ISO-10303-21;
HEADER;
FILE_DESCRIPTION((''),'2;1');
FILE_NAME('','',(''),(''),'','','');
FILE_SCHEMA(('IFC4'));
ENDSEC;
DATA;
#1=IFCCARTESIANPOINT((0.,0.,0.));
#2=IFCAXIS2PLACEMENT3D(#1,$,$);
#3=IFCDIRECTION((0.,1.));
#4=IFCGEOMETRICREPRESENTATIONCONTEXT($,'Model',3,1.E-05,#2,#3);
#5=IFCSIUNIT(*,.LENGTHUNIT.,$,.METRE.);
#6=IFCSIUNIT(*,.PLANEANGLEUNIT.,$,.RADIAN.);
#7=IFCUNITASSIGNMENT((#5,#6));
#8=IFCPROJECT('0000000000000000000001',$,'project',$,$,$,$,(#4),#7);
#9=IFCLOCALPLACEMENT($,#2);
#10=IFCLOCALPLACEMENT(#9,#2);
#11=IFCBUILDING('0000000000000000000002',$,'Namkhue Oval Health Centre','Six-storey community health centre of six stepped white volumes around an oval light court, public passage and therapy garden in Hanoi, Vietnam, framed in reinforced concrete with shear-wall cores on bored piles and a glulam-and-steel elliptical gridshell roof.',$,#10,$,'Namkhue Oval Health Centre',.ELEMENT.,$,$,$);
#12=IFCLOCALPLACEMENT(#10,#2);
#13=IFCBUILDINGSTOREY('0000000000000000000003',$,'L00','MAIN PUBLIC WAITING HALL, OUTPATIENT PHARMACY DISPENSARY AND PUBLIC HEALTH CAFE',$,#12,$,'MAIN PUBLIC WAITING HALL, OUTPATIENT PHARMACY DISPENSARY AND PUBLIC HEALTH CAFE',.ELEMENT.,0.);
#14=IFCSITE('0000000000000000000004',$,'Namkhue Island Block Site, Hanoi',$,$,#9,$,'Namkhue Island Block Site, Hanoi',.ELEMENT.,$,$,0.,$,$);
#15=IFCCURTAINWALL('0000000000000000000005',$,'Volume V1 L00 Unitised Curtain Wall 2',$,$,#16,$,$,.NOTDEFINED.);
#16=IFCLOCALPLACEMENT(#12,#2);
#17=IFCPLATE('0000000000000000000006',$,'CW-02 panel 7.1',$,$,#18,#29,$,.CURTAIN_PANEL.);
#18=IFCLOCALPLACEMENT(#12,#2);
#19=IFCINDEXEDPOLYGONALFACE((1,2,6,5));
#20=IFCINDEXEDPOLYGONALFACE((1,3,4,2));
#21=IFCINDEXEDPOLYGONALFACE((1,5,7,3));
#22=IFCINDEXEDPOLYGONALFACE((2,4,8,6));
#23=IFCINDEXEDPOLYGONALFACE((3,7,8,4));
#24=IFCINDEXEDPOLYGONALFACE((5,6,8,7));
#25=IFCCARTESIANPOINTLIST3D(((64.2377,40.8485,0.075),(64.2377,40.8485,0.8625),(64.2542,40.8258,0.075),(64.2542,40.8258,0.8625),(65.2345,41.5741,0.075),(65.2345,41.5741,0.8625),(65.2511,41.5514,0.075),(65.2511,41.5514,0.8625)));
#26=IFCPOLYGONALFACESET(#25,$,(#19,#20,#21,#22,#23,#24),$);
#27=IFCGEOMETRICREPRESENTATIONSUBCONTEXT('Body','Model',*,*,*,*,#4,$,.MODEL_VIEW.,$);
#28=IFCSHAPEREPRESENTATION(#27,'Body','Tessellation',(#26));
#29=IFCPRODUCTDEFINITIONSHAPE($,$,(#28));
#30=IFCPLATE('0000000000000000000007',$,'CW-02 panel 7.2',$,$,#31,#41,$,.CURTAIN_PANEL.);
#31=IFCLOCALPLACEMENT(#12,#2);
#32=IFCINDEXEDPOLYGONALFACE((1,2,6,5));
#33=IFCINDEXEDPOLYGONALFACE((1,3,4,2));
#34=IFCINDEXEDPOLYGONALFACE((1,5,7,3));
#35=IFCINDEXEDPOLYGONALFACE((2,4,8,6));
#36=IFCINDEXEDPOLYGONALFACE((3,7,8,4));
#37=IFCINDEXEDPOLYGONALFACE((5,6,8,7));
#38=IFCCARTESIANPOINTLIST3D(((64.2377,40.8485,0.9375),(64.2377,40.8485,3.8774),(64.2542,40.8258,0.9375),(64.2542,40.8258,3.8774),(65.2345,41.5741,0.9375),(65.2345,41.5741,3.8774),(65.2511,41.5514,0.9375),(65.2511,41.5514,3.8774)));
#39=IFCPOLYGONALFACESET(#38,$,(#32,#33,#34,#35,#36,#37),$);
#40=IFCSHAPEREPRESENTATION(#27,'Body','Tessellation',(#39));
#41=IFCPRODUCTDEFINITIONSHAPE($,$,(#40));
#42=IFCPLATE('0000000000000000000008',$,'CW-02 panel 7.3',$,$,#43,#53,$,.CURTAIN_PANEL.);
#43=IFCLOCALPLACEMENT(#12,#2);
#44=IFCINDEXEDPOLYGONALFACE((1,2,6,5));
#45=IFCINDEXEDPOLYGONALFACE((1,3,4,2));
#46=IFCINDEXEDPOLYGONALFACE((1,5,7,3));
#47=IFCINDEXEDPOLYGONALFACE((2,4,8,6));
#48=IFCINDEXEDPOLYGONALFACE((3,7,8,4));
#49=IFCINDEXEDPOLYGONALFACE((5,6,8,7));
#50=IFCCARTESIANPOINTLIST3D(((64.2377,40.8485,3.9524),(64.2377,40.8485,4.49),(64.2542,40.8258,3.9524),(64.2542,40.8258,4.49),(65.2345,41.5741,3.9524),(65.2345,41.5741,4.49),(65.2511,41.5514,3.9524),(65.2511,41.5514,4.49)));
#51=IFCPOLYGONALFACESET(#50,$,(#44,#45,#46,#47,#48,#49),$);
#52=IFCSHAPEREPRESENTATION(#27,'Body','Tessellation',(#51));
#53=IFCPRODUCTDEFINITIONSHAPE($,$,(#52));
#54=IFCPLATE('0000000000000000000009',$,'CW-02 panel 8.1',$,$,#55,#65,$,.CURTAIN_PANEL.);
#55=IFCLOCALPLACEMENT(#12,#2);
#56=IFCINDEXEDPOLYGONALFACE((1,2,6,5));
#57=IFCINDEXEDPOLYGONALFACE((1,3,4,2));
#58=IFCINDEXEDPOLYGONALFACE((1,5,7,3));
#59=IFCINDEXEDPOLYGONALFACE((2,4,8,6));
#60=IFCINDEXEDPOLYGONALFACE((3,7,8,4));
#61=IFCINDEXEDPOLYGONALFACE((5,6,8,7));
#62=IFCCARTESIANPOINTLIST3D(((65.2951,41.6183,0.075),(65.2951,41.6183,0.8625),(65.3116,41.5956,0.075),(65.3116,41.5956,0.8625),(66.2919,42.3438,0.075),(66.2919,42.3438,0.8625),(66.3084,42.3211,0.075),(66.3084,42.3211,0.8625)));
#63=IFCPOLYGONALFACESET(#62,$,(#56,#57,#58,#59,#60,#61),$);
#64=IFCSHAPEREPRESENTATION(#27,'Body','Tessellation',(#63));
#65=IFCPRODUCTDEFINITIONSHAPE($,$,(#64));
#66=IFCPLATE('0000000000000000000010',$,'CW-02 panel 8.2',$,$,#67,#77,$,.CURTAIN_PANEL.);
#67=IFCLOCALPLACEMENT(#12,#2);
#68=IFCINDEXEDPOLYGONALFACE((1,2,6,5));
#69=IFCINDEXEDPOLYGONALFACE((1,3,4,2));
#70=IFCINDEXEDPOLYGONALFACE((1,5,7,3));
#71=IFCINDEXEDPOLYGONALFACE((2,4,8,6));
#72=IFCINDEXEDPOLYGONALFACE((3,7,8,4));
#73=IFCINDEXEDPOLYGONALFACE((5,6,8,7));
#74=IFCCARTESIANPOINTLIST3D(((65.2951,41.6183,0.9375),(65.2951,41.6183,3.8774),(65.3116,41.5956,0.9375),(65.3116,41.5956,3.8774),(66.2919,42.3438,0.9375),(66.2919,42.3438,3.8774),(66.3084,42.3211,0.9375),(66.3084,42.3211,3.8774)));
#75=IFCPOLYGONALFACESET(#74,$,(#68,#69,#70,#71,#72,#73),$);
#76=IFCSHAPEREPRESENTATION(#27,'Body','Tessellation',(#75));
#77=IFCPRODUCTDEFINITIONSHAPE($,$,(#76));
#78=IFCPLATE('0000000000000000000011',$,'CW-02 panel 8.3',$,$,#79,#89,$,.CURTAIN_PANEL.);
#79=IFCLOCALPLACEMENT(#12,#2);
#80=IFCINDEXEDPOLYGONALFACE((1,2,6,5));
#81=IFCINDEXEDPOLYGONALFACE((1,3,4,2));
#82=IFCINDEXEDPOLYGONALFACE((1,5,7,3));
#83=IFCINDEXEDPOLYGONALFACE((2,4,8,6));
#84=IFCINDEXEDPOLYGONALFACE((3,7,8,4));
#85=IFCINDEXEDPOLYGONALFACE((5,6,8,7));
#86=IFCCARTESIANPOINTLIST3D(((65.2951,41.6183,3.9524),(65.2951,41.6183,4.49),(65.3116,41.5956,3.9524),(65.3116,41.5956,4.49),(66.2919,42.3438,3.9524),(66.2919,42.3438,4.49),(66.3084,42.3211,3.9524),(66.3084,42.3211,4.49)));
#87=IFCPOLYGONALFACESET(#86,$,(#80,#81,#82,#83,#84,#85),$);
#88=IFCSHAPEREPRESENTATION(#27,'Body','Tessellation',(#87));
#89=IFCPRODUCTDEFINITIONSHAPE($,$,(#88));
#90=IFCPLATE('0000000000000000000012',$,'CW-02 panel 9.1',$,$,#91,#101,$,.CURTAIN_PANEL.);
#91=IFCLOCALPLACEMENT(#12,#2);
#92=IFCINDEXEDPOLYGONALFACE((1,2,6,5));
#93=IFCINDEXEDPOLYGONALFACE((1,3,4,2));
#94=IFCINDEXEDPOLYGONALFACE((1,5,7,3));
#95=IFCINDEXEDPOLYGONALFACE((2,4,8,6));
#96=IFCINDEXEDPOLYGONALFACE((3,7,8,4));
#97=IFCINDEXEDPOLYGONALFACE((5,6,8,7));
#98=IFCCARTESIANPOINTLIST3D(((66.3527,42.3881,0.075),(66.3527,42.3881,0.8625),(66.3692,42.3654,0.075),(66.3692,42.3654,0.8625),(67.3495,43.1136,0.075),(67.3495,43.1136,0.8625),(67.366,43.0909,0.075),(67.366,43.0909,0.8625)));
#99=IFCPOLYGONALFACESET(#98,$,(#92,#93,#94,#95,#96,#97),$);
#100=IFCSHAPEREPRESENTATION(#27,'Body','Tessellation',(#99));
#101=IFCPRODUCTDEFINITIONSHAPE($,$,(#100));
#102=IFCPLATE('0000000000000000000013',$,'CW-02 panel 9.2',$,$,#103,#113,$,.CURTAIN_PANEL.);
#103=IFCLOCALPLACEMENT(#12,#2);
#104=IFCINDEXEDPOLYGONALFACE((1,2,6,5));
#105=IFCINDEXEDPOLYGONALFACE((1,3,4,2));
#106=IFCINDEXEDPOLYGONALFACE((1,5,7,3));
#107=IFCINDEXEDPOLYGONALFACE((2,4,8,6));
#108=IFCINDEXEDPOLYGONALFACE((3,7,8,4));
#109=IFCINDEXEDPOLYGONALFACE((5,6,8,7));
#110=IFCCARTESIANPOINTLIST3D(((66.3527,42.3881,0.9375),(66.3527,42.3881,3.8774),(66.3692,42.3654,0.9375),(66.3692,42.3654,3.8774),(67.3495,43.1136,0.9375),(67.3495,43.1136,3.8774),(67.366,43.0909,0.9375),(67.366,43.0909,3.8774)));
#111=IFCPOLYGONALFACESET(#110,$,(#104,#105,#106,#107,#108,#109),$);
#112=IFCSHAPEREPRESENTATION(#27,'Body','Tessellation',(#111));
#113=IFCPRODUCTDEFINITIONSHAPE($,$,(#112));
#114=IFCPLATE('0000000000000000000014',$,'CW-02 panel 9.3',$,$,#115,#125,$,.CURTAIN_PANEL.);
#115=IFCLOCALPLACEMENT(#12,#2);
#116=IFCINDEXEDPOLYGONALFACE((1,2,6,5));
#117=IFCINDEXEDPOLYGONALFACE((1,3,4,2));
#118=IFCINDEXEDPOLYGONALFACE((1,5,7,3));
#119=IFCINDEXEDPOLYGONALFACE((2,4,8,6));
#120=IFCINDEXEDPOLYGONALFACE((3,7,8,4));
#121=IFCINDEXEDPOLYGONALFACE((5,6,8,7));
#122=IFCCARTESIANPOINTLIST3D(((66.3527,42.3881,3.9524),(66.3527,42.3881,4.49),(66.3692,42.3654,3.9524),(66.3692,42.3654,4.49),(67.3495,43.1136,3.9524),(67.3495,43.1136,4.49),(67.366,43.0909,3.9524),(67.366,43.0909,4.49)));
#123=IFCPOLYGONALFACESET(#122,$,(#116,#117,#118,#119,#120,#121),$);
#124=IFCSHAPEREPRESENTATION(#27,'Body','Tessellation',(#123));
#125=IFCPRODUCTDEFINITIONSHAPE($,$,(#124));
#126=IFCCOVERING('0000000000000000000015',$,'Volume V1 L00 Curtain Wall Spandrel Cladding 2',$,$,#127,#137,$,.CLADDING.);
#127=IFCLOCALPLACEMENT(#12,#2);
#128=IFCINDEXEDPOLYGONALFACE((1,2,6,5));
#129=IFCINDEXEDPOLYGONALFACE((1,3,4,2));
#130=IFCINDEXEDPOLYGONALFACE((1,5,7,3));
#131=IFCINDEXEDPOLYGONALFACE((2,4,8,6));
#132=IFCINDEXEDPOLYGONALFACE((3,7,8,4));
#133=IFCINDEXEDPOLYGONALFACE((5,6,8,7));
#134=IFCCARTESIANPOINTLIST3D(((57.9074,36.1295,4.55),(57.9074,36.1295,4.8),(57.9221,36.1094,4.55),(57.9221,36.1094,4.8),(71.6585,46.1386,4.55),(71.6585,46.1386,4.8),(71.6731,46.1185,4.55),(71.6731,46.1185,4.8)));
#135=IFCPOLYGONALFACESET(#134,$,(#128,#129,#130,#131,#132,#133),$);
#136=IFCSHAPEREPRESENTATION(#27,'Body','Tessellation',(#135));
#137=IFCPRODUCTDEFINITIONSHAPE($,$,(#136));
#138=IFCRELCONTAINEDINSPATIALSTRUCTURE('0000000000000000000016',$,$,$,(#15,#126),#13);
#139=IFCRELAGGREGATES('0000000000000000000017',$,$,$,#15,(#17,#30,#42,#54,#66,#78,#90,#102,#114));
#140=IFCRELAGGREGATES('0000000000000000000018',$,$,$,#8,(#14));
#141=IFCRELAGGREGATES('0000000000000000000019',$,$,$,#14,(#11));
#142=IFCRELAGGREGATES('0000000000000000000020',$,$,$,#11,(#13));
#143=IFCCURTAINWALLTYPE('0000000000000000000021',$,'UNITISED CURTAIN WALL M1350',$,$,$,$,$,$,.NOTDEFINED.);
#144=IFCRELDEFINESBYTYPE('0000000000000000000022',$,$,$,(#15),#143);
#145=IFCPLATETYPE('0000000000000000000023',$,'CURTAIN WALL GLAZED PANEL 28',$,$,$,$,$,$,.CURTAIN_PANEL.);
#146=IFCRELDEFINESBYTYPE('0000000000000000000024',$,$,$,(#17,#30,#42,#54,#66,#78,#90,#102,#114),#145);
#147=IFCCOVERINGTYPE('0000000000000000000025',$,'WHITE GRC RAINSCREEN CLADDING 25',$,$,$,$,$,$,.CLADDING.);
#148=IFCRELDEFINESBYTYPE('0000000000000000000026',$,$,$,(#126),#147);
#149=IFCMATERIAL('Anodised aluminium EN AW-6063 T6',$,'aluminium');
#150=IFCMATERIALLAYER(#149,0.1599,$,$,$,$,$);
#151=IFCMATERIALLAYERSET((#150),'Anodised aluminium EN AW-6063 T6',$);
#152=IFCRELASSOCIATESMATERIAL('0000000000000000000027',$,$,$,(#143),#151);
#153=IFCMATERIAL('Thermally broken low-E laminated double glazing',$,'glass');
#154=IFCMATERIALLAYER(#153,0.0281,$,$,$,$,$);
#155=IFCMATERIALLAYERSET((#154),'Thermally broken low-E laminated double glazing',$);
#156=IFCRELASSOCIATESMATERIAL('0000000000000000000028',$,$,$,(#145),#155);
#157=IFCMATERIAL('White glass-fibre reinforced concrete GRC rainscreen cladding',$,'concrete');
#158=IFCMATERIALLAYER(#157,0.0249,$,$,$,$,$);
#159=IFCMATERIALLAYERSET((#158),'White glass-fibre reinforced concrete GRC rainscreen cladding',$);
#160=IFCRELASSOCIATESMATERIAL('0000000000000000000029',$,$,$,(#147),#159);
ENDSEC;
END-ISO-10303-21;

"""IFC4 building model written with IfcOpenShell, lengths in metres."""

from ifc_helpers import new_model, si_unit, direction, frame, origin, origin_2d, place, context, subcontext, project, spatial, rectangle, extrude, material, layer, layer_set, type_object, element, aggregate, save


model = new_model("IFC4")

# Units and contexts
model_context = context("Model", 3, precision=1e-05, world=origin(), true_north=direction((0.0, 1.0)))
body_context = subcontext(model_context, "Body", "Model", "MODEL_VIEW")
ifc_project = project(units=[si_unit("LENGTHUNIT", "METRE"), si_unit("PLANEANGLEUNIT", "RADIAN")], contexts=[model_context])

# Site, building, storey
site_placement = place(None, origin())
site = spatial("IfcSite", under=ifc_project, at=site_placement, Name="Namkhue Island Block Site, Hanoi", LongName="Namkhue Island Block Site, Hanoi", CompositionType="ELEMENT", RefElevation=0.0)
building_placement = place(site_placement, origin())
building = spatial("IfcBuilding", under=site, at=building_placement, Name="Namkhue Oval Health Centre", Description="Six-storey community health centre of six stepped white volumes around an oval light court, public passage and therapy garden in Hanoi, Vietnam, framed in reinforced concrete with shear-wall cores on bored piles and a glulam-and-steel elliptical gridshell roof.", LongName="Namkhue Oval Health Centre", CompositionType="ELEMENT")
storey_placement = place(building_placement, origin())
storey = spatial("IfcBuildingStorey", under=building, at=storey_placement, Name="L00", Description="MAIN PUBLIC WAITING HALL, OUTPATIENT PHARMACY DISPENSARY AND PUBLIC HEALTH CAFE", LongName="MAIN PUBLIC WAITING HALL, OUTPATIENT PHARMACY DISPENSARY AND PUBLIC HEALTH CAFE", CompositionType="ELEMENT", Elevation=0.0)

# Curtain wall, plates
ifc_material_1 = material(Name="Anodised aluminium EN AW-6063 T6", Category="aluminium")
ifc_layer_1 = layer(ifc_material_1, 0.1599)
ifc_layer_set_1 = layer_set([ifc_layer_1], Name="Anodised aluminium EN AW-6063 T6")
curtain_wall_type = type_object("IfcCurtainWallType", Name="UNITISED CURTAIN WALL M1350", PredefinedType="NOTDEFINED", material=ifc_layer_set_1)
curtain_wall_placement = place(storey_placement, origin())
curtain_wall = element("IfcCurtainWall", 1, at=curtain_wall_placement, inside=storey, type_object=curtain_wall_type, Name="Volume V1 L00 Unitised Curtain Wall 2", PredefinedType="NOTDEFINED")
ifc_material_2 = material(Name="Thermally broken low-E laminated double glazing", Category="glass")
ifc_layer_2 = layer(ifc_material_2, 0.0281)
ifc_layer_set_2 = layer_set([ifc_layer_2], Name="Thermally broken low-E laminated double glazing")
plate_type = type_object("IfcPlateType", Name="CURTAIN WALL GLAZED PANEL 28", PredefinedType="CURTAIN_PANEL", material=ifc_layer_set_2)
plate_1_placement = place(storey_placement, frame((64.7444, 41.2, 0.075), z_axis=(0.0, 0.0, 1.0), x_axis=(0.808514, 0.588477, 0.0)))
plate_1 = element("IfcPlate", 2, at=plate_1_placement, type_object=plate_type, Name="CW-02 panel 7.1", PredefinedType="CURTAIN_PANEL", context=body_context, shape_type="SweptSolid", body=[
    extrude(rectangle(XDim=1.2329, YDim=0.0281, at=origin_2d()), origin(), (0.0, 0.0, 1.0), 0.7876),
])
plate_2_placement = place(storey_placement, frame((64.7444, 41.2, 0.9375), z_axis=(0.0, 0.0, 1.0), x_axis=(0.808514, 0.588477, 0.0)))
plate_2 = element("IfcPlate", 3, at=plate_2_placement, type_object=plate_type, Name="CW-02 panel 7.2", PredefinedType="CURTAIN_PANEL", context=body_context, shape_type="SweptSolid", body=[
    extrude(rectangle(XDim=1.2329, YDim=0.0281, at=origin_2d()), origin(), (0.0, 0.0, 1.0), 2.9399),
])
plate_3_placement = place(storey_placement, frame((64.7444, 41.2, 3.9524), z_axis=(0.0, 0.0, 1.0), x_axis=(0.808514, 0.588477, 0.0)))
plate_3 = element("IfcPlate", 4, at=plate_3_placement, type_object=plate_type, Name="CW-02 panel 7.3", PredefinedType="CURTAIN_PANEL", context=body_context, shape_type="SweptSolid", body=[
    extrude(rectangle(XDim=1.2329, YDim=0.0281, at=origin_2d()), origin(), (0.0, 0.0, 1.0), 0.5376),
])
plate_4_placement = place(storey_placement, frame((65.8018, 41.9697, 0.075), z_axis=(0.0, 0.0, 1.0), x_axis=(0.808514, 0.588477, 0.0)))
plate_4 = element("IfcPlate", 5, at=plate_4_placement, type_object=plate_type, Name="CW-02 panel 8.1", PredefinedType="CURTAIN_PANEL", context=body_context, shape_type="SweptSolid", body=[
    extrude(rectangle(XDim=1.2329, YDim=0.0281, at=origin_2d()), origin(), (0.0, 0.0, 1.0), 0.7876),
])
plate_5_placement = place(storey_placement, frame((65.8018, 41.9697, 0.9375), z_axis=(0.0, 0.0, 1.0), x_axis=(0.808514, 0.588477, 0.0)))
plate_5 = element("IfcPlate", 6, at=plate_5_placement, type_object=plate_type, Name="CW-02 panel 8.2", PredefinedType="CURTAIN_PANEL", context=body_context, shape_type="SweptSolid", body=[
    extrude(rectangle(XDim=1.2329, YDim=0.0281, at=origin_2d()), origin(), (0.0, 0.0, 1.0), 2.9399),
])
plate_6_placement = place(storey_placement, frame((65.8018, 41.9697, 3.9524), z_axis=(0.0, 0.0, 1.0), x_axis=(0.808514, 0.588477, 0.0)))
plate_6 = element("IfcPlate", 7, at=plate_6_placement, type_object=plate_type, Name="CW-02 panel 8.3", PredefinedType="CURTAIN_PANEL", context=body_context, shape_type="SweptSolid", body=[
    extrude(rectangle(XDim=1.2329, YDim=0.0281, at=origin_2d()), origin(), (0.0, 0.0, 1.0), 0.5376),
])
plate_7_placement = place(storey_placement, frame((66.8594, 42.7395, 0.075), z_axis=(0.0, 0.0, 1.0), x_axis=(0.808514, 0.588477, 0.0)))
plate_7 = element("IfcPlate", 8, at=plate_7_placement, type_object=plate_type, Name="CW-02 panel 9.1", PredefinedType="CURTAIN_PANEL", context=body_context, shape_type="SweptSolid", body=[
    extrude(rectangle(XDim=1.2329, YDim=0.0281, at=origin_2d()), origin(), (0.0, 0.0, 1.0), 0.7876),
])
plate_8_placement = place(storey_placement, frame((66.8594, 42.7395, 0.9375), z_axis=(0.0, 0.0, 1.0), x_axis=(0.808514, 0.588477, 0.0)))
plate_8 = element("IfcPlate", 9, at=plate_8_placement, type_object=plate_type, Name="CW-02 panel 9.2", PredefinedType="CURTAIN_PANEL", context=body_context, shape_type="SweptSolid", body=[
    extrude(rectangle(XDim=1.2329, YDim=0.0281, at=origin_2d()), origin(), (0.0, 0.0, 1.0), 2.9399),
])
plate_9_placement = place(storey_placement, frame((66.8594, 42.7395, 3.9524), z_axis=(0.0, 0.0, 1.0), x_axis=(0.808514, 0.588477, 0.0)))
plate_9 = element("IfcPlate", 10, at=plate_9_placement, type_object=plate_type, Name="CW-02 panel 9.3", PredefinedType="CURTAIN_PANEL", context=body_context, shape_type="SweptSolid", body=[
    extrude(rectangle(XDim=1.2329, YDim=0.0281, at=origin_2d()), origin(), (0.0, 0.0, 1.0), 0.5376),
])
aggregate(curtain_wall, [plate_1, plate_2, plate_3, plate_4, plate_5, plate_6, plate_7, plate_8, plate_9])

# Covering
ifc_material_3 = material(Name="White glass-fibre reinforced concrete GRC rainscreen cladding", Category="concrete")
ifc_layer_3 = layer(ifc_material_3, 0.0249)
ifc_layer_set_3 = layer_set([ifc_layer_3], Name="White glass-fibre reinforced concrete GRC rainscreen cladding")
covering_type = type_object("IfcCoveringType", Name="WHITE GRC RAINSCREEN CLADDING 25", PredefinedType="CLADDING", material=ifc_layer_set_3)
covering_placement = place(storey_placement, frame((64.7903, 41.124, 4.55), z_axis=(0.0, 0.0, 1.0), x_axis=(0.808504, 0.588491, 0.0)))
element("IfcCovering", 11, at=covering_placement, inside=storey, type_object=covering_type, Name="Volume V1 L00 Curtain Wall Spandrel Cladding 2", PredefinedType="CLADDING", context=body_context, shape_type="SweptSolid", body=[
    extrude(rectangle(XDim=17.0081, YDim=0.0249, at=origin_2d()), origin(), (0.0, 0.0, 1.0), 0.25),
])

save(model, "model.ifc")
